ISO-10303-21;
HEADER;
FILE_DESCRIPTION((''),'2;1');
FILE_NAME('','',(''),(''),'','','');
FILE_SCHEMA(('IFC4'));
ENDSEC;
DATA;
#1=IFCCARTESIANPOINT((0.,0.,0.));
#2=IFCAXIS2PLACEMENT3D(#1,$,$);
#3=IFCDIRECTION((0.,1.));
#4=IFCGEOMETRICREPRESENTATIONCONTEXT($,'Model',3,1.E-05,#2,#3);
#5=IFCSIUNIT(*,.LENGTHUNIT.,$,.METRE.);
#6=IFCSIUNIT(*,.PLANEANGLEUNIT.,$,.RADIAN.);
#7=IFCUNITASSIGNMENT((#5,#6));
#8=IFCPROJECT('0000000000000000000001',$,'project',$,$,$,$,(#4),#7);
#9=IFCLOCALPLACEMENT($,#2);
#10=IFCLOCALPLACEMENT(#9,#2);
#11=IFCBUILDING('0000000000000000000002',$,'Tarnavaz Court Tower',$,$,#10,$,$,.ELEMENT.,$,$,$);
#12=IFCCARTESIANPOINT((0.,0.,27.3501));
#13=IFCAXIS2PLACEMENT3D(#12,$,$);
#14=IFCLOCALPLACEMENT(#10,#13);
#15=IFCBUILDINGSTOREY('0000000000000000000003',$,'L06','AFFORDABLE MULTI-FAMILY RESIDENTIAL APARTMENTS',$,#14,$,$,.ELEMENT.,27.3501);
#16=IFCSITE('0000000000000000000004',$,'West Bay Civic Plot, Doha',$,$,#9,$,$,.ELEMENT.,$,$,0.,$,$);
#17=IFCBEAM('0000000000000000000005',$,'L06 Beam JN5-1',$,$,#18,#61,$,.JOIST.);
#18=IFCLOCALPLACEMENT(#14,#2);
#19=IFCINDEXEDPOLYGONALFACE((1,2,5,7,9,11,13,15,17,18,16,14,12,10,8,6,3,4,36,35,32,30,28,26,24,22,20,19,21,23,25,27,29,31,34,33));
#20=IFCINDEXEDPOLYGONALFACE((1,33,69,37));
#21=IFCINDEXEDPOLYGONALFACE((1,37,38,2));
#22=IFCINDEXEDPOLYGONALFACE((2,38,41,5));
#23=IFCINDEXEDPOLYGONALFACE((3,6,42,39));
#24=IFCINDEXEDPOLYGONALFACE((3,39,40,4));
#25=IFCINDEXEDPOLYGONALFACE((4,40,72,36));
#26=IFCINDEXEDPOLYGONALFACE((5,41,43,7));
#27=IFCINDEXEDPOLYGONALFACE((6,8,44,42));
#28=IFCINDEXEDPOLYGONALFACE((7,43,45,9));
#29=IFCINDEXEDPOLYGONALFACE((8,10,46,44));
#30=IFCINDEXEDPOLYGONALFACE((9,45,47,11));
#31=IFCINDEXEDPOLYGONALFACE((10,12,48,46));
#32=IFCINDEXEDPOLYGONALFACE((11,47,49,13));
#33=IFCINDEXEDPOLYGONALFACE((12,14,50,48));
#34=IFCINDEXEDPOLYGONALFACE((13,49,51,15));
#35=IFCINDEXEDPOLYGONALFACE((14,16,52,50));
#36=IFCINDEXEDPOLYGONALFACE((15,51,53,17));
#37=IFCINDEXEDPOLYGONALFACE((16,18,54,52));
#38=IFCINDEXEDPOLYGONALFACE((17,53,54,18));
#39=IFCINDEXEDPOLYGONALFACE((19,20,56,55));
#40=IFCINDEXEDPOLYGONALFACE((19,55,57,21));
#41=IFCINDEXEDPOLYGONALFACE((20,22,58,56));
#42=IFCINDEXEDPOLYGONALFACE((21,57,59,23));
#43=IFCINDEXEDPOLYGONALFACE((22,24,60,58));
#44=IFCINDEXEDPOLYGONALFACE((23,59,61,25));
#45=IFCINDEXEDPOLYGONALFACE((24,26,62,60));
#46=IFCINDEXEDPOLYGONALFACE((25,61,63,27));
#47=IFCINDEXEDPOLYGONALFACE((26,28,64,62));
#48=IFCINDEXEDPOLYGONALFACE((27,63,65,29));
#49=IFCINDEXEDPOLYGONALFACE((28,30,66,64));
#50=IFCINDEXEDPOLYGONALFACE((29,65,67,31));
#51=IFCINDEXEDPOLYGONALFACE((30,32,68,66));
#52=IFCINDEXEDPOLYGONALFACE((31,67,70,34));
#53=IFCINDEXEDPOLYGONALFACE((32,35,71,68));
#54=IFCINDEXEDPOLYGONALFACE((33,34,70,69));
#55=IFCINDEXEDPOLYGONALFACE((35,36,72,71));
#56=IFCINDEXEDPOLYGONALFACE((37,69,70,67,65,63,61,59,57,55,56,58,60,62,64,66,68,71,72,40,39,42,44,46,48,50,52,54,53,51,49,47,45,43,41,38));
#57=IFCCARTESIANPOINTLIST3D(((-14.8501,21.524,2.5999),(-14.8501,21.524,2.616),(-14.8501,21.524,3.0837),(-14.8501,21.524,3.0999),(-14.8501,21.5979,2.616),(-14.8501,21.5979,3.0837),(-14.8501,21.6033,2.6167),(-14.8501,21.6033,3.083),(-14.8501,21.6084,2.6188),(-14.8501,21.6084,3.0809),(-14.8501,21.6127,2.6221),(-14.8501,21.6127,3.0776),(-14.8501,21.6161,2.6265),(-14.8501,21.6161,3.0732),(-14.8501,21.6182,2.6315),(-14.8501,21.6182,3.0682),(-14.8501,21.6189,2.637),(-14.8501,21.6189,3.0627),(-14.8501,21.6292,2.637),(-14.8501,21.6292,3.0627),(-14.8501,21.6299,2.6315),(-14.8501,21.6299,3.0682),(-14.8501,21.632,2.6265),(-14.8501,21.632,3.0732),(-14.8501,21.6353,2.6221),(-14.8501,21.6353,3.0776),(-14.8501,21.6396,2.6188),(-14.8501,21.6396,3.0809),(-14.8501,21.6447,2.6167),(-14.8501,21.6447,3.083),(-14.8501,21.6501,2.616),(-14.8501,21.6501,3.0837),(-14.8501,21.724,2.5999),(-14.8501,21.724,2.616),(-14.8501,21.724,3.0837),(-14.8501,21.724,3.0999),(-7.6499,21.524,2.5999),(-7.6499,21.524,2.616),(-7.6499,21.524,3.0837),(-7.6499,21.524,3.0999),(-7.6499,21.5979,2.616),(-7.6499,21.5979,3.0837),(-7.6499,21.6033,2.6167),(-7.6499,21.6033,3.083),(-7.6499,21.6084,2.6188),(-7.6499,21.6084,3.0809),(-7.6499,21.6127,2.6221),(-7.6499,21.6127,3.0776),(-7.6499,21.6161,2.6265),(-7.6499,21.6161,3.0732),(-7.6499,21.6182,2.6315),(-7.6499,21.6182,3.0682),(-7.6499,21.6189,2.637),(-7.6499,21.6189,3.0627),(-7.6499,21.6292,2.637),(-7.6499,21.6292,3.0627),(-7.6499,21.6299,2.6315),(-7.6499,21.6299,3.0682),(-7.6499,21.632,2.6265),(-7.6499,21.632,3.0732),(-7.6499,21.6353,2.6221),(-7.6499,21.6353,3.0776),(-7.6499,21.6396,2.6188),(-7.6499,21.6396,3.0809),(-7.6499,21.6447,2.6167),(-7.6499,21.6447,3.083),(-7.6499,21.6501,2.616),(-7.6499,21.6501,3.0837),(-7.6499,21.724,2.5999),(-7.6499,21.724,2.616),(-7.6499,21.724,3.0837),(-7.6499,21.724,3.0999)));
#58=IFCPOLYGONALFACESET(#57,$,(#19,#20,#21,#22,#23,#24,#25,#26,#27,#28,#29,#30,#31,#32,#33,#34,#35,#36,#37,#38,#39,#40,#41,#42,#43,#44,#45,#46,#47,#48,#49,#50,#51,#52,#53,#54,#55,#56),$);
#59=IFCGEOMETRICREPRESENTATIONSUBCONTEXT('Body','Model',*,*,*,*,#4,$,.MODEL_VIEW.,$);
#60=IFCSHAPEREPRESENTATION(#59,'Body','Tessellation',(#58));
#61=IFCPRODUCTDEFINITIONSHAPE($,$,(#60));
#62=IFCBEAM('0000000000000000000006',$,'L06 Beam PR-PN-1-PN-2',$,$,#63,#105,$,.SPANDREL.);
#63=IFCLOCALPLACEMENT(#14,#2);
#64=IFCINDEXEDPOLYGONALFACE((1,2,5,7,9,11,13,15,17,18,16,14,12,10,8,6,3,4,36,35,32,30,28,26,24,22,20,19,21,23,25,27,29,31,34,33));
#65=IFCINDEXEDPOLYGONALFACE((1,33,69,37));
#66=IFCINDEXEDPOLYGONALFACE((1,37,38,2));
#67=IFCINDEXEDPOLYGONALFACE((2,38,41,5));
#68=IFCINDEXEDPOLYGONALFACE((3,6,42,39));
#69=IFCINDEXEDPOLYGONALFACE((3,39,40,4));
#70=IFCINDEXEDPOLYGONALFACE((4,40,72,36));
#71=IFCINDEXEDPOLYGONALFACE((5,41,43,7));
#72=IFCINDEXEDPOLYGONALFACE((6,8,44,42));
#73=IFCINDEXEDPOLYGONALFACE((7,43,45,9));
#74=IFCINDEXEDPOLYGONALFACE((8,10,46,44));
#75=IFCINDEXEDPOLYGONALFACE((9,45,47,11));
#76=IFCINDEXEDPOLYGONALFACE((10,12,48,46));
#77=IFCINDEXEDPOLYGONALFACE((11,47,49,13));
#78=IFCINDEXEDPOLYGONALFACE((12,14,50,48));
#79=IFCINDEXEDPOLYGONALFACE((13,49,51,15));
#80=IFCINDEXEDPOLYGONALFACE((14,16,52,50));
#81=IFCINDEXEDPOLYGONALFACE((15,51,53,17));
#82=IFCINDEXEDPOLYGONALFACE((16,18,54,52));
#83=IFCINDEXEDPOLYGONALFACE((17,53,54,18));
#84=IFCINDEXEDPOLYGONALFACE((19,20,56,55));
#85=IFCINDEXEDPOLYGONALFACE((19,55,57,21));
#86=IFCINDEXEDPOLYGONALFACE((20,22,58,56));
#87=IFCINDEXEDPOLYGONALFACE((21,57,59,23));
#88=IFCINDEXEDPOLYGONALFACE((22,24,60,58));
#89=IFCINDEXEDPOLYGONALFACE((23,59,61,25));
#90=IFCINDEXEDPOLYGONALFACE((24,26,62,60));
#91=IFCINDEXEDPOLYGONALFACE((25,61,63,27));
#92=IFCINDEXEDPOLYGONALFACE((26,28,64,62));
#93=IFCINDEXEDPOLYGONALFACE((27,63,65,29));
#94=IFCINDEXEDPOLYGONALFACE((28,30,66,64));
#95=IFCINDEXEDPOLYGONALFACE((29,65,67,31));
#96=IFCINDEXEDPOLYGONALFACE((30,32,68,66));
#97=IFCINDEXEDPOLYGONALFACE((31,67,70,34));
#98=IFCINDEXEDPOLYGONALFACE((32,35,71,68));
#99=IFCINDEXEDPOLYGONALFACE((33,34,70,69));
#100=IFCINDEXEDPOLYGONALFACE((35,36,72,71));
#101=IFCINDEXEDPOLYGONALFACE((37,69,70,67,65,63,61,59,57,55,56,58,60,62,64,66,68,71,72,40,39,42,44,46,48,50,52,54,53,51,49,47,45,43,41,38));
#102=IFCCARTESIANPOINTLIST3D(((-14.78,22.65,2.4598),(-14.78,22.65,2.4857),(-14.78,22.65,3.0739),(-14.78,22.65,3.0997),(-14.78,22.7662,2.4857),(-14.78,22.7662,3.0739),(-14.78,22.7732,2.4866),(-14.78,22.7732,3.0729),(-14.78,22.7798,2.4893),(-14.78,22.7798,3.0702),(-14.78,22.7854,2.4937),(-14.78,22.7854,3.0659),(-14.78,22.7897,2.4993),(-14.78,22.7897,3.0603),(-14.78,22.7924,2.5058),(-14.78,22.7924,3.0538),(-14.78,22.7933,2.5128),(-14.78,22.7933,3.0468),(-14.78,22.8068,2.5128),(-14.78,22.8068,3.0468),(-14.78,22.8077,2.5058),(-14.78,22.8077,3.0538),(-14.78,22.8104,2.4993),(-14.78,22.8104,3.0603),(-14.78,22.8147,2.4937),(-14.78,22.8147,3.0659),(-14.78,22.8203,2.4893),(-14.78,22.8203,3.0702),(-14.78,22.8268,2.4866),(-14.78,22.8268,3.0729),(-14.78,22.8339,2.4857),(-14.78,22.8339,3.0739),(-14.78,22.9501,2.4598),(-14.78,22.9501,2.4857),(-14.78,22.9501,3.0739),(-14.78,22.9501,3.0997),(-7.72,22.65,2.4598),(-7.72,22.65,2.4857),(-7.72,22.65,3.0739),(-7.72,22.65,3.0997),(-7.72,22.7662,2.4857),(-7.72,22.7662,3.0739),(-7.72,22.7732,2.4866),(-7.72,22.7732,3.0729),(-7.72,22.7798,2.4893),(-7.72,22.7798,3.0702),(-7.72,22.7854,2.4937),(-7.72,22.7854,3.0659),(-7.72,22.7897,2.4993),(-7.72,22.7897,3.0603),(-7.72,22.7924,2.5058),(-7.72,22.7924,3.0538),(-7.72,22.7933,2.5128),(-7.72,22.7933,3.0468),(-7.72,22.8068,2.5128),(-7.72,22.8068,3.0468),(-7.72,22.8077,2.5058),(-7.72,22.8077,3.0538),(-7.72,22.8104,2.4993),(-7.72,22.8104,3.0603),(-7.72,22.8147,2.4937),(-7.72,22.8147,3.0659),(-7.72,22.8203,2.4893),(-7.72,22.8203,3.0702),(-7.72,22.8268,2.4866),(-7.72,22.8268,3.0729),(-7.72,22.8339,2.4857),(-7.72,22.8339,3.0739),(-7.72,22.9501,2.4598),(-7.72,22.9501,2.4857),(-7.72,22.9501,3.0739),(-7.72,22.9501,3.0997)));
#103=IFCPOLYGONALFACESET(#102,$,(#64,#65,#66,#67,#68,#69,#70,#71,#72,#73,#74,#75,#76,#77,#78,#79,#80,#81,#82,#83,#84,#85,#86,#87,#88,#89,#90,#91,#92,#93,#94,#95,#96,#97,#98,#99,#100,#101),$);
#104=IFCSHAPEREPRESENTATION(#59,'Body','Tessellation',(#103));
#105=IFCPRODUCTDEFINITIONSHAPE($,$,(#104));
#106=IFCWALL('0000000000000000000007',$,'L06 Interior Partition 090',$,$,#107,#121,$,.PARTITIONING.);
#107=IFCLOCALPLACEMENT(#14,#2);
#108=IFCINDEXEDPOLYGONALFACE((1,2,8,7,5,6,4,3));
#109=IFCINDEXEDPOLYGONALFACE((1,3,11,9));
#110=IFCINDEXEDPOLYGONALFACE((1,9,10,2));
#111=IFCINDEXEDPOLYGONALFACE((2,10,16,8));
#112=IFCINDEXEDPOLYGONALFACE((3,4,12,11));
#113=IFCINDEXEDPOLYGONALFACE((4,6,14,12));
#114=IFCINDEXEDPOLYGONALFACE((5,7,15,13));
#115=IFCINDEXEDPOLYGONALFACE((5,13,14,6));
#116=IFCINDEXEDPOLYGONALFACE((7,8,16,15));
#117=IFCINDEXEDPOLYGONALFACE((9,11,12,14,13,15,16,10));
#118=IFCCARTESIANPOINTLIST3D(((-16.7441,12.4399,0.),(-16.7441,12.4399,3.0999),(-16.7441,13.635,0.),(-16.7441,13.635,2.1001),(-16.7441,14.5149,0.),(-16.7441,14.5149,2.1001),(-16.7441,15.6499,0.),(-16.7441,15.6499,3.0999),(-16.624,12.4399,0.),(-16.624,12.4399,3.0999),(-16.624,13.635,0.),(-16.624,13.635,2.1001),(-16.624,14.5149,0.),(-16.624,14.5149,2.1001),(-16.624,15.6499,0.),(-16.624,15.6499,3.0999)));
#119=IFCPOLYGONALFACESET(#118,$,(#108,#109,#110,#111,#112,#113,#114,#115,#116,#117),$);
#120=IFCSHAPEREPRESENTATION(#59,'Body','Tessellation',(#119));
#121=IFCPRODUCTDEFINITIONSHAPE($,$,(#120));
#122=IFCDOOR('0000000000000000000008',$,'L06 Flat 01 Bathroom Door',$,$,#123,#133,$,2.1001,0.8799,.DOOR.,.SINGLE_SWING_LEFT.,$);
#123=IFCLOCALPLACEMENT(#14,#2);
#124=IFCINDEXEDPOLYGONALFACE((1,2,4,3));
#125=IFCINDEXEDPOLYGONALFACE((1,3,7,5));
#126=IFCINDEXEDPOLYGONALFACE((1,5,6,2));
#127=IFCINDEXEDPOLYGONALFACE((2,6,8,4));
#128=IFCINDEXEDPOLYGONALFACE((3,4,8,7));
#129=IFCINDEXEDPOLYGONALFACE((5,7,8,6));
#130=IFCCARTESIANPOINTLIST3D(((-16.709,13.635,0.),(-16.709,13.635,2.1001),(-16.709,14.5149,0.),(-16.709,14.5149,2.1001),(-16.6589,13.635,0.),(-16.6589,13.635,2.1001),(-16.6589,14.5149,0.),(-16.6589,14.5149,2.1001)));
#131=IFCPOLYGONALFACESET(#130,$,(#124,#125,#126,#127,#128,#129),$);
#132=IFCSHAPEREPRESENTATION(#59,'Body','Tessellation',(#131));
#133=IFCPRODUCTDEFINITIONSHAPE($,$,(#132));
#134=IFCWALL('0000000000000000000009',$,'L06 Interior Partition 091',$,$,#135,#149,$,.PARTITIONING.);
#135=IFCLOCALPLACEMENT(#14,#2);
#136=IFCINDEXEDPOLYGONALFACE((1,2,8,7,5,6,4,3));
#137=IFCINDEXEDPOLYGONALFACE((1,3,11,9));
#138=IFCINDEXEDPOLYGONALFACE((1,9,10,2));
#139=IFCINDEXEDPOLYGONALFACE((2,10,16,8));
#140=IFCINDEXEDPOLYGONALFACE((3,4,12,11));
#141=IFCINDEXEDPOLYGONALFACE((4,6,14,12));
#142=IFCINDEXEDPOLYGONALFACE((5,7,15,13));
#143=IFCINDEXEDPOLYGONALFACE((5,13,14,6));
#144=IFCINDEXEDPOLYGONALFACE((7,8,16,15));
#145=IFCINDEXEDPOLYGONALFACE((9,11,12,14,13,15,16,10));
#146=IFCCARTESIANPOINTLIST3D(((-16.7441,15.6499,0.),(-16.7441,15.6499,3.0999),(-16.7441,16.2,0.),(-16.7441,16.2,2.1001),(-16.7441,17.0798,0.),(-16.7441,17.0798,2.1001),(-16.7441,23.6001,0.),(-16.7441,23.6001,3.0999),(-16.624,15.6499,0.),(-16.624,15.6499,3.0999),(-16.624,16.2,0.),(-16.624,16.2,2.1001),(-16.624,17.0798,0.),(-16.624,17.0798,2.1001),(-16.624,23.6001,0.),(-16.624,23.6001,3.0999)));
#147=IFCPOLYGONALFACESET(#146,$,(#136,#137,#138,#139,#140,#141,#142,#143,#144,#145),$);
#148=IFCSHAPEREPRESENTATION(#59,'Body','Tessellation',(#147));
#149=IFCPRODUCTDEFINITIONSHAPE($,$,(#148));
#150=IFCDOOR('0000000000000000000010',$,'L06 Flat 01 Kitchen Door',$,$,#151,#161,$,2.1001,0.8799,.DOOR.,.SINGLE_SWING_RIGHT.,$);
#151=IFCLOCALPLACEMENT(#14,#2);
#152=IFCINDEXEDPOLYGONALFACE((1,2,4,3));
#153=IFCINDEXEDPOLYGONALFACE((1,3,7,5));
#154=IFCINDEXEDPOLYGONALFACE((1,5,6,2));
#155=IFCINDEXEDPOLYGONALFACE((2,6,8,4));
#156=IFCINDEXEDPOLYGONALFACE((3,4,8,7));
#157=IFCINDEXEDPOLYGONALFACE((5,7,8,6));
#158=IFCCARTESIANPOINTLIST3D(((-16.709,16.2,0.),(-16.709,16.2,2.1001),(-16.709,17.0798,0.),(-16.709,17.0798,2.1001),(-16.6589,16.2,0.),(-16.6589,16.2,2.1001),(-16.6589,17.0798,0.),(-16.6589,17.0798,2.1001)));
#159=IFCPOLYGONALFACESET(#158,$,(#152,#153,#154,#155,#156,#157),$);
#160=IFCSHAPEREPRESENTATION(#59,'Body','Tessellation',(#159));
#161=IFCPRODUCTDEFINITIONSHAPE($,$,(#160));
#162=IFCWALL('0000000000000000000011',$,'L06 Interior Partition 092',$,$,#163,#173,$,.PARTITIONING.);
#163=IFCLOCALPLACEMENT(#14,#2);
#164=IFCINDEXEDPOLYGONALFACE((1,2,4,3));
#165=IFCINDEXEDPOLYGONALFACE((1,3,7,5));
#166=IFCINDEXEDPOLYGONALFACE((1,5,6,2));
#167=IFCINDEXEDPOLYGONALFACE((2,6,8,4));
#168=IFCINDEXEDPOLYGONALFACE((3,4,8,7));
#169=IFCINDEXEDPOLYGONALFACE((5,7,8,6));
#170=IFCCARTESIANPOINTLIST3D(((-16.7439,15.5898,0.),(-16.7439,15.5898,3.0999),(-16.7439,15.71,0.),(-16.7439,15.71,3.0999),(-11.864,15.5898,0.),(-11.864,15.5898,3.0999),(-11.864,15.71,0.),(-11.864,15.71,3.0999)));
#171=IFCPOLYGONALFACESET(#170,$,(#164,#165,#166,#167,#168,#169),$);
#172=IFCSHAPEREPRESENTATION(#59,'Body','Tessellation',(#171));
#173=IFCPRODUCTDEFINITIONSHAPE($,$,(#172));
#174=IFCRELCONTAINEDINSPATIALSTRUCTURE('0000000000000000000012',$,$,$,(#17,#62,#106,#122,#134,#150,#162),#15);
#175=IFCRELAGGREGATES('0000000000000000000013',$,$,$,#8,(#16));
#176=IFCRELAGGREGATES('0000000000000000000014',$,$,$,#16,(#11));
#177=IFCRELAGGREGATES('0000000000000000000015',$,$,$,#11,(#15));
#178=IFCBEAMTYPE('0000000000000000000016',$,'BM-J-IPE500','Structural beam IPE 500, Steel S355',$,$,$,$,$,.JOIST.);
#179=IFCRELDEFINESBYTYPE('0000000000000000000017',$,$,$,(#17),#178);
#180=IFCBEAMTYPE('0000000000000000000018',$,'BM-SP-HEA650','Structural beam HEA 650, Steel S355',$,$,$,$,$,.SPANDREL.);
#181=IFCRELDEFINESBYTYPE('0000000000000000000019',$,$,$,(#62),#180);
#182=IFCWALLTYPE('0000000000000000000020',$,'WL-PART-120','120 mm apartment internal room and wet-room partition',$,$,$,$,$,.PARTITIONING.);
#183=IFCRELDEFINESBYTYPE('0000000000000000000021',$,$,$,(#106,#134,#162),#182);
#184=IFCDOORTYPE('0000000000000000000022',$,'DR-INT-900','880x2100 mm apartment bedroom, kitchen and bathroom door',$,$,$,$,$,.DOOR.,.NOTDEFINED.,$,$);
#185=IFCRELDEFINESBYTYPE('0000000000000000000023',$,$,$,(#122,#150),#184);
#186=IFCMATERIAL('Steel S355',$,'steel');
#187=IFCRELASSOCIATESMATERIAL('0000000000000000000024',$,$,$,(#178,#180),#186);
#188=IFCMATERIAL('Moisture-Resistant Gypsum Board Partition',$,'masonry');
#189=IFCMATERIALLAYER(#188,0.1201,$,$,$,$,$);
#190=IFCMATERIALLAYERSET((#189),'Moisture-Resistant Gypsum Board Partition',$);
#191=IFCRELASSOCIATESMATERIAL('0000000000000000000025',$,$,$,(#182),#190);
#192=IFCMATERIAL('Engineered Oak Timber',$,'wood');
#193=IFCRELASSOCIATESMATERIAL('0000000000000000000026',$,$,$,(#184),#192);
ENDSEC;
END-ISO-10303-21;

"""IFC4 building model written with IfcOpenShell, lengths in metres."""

from ifc_helpers import new_model, si_unit, direction, frame, frame_2d, origin, origin_2d, place, context, subcontext, project, spatial, rectangle, i_section, extrude, material, layer, layer_set, material_profile, profile_set, type_object, element, fill, save


model = new_model("IFC4")

# Units and contexts
model_context = context("Model", 3, precision=1e-05, world=origin(), true_north=direction((0.0, 1.0)))
body_context = subcontext(model_context, "Body", "Model", "MODEL_VIEW")
ifc_project = project(units=[si_unit("LENGTHUNIT", "METRE"), si_unit("PLANEANGLEUNIT", "RADIAN")], contexts=[model_context])

# Site, building, storey
site_placement = place(None, origin())
site = spatial("IfcSite", under=ifc_project, at=site_placement, Name="West Bay Civic Plot, Doha", CompositionType="ELEMENT", RefElevation=0.0)
building_placement = place(site_placement, origin())
building = spatial("IfcBuilding", under=site, at=building_placement, Name="Tarnavaz Court Tower", CompositionType="ELEMENT")
storey_placement = place(building_placement, frame((0.0, 0.0, 27.3501)))
storey = spatial("IfcBuildingStorey", under=building, at=storey_placement, Name="L06", Description="AFFORDABLE MULTI-FAMILY RESIDENTIAL APARTMENTS", CompositionType="ELEMENT", Elevation=27.3501)

# Beams
ifc_material_1 = material(Name="Steel S355", Category="steel")
ifc_material_profile_1 = material_profile(ifc_material_1, i_section(OverallWidth=0.2, OverallDepth=0.5, WebThickness=0.0103, FlangeThickness=0.0161, FilletRadius=0.021, at=origin_2d()), Name="IPE 500")
ifc_profile_set_1 = profile_set([ifc_material_profile_1], Name="Steel S355")
beam_type_1 = type_object("IfcBeamType", Name="BM-J-IPE500", Description="Structural beam IPE 500, Steel S355", PredefinedType="JOIST", material=ifc_profile_set_1)
for number, where, z_axis, x_axis, name in (
    (1, (-14.8501, 21.624, 2.8499), (1.0, 0.0, 0.0), (0.0, 1.0, 0.0), "L06 Beam JN5-1"),
):
    element("IfcBeam", number, at=place(storey_placement, frame(where, z_axis=z_axis, x_axis=x_axis)), inside=storey, type_object=beam_type_1, Name=name, PredefinedType="JOIST", context=body_context, shape_type="SweptSolid", body=[
        extrude(i_section(OverallWidth=0.2, OverallDepth=0.5, WebThickness=0.0103, FlangeThickness=0.0161, FilletRadius=0.021, at=origin_2d()), origin(), (0.0, 0.0, 1.0), 7.2002),
    ])
ifc_material_profile_2 = material_profile(ifc_material_1, i_section(OverallWidth=0.3, OverallDepth=0.6399, WebThickness=0.0134, FlangeThickness=0.0259, FilletRadius=0.0271, at=origin_2d()), Name="HEA 650")
ifc_profile_set_2 = profile_set([ifc_material_profile_2], Name="Steel S355")
beam_type_2 = type_object("IfcBeamType", Name="BM-SP-HEA650", Description="Structural beam HEA 650, Steel S355", PredefinedType="SPANDREL", material=ifc_profile_set_2)
beam_placement = place(storey_placement, frame((-14.78, 22.8, 2.7798), z_axis=(1.0, 0.0, 0.0), x_axis=(0.0, 1.0, 0.0)))
element("IfcBeam", 2, at=beam_placement, inside=storey, type_object=beam_type_2, Name="L06 Beam PR-PN-1-PN-2", PredefinedType="SPANDREL", context=body_context, shape_type="SweptSolid", body=[
    extrude(i_section(OverallWidth=0.3, OverallDepth=0.6399, WebThickness=0.0134, FlangeThickness=0.0259, FilletRadius=0.0271, at=origin_2d()), origin(), (0.0, 0.0, 1.0), 7.0601),
])

# Walls, openings, doors
ifc_material_2 = material(Name="Moisture-Resistant Gypsum Board Partition", Category="masonry")
ifc_layer = layer(ifc_material_2, 0.1201)
ifc_layer_set = layer_set([ifc_layer], Name="Moisture-Resistant Gypsum Board Partition")
wall_type = type_object("IfcWallType", Name="WL-PART-120", Description="120 mm apartment internal room and wet-room partition", PredefinedType="PARTITIONING", material=ifc_layer_set)
wall_1_placement = place(storey_placement, frame((-16.6841, 12.4399, 0.0), z_axis=(0.0, 0.0, 1.0), x_axis=(0.0, 1.0, 0.0)))
wall_1 = element("IfcWall", 3, at=wall_1_placement, inside=storey, type_object=wall_type, Name="L06 Interior Partition 090", PredefinedType="PARTITIONING", context=body_context, shape_type="SweptSolid", body=[
    extrude(rectangle(XDim=3.21, YDim=0.1201, at=frame_2d((1.605, 0.0))), origin(), (0.0, 0.0, 1.0), 3.0999),
])
opening_1_placement = place(wall_1_placement, frame((1.1951, 0.0, 0.0)))
opening_1 = element("IfcOpeningElement", 4, at=opening_1_placement, cuts=wall_1, PredefinedType="OPENING", context=body_context, shape_type="SweptSolid", body=[
    extrude(rectangle(XDim=0.8799, YDim=2.1001, at=frame_2d((0.4399, 1.05))), frame((0.0, 0.0701, 0.0), z_axis=(0.0, -1.0, 0.0), x_axis=(1.0, 0.0, 0.0)), (0.0, 0.0, 1.0), 0.1401),
])
ifc_material_3 = material(Name="Engineered Oak Timber", Category="wood")
door_type = type_object("IfcDoorType", Name="DR-INT-900", Description="880x2100 mm apartment bedroom, kitchen and bathroom door", OperationType="NOTDEFINED", PredefinedType="DOOR", material=ifc_material_3)
door_1_placement = place(opening_1_placement, origin())
door_1 = element("IfcDoor", 5, at=door_1_placement, inside=storey, type_object=door_type, Name="L06 Flat 01 Bathroom Door", OperationType="SINGLE_SWING_LEFT", OverallHeight=2.1001, OverallWidth=0.8799, PredefinedType="DOOR", context=body_context, shape_type="SweptSolid", body=[
    extrude(rectangle(XDim=0.8799, YDim=2.1001, at=frame_2d((0.4399, 1.05))), frame((0.0, 0.0249, 0.0), z_axis=(0.0, -1.0, 0.0), x_axis=(1.0, 0.0, 0.0)), (0.0, 0.0, 1.0), 0.05),
])
fill(opening_1, door_1)
wall_2_placement = place(storey_placement, frame((-16.6841, 15.6499, 0.0), z_axis=(0.0, 0.0, 1.0), x_axis=(0.0, 1.0, 0.0)))
wall_2 = element("IfcWall", 6, at=wall_2_placement, inside=storey, type_object=wall_type, Name="L06 Interior Partition 091", PredefinedType="PARTITIONING", context=body_context, shape_type="SweptSolid", body=[
    extrude(rectangle(XDim=7.9502, YDim=0.1201, at=frame_2d((3.9751, 0.0))), origin(), (0.0, 0.0, 1.0), 3.0999),
])
opening_2_placement = place(wall_2_placement, frame((0.55, 0.0, 0.0)))
opening_2 = element("IfcOpeningElement", 7, at=opening_2_placement, cuts=wall_2, PredefinedType="OPENING", context=body_context, shape_type="SweptSolid", body=[
    extrude(rectangle(XDim=0.8799, YDim=2.1001, at=frame_2d((0.4399, 1.05))), frame((0.0, 0.0701, 0.0), z_axis=(0.0, -1.0, 0.0), x_axis=(1.0, 0.0, 0.0)), (0.0, 0.0, 1.0), 0.1401),
])
door_2_placement = place(opening_2_placement, origin())
door_2 = element("IfcDoor", 8, at=door_2_placement, inside=storey, type_object=door_type, Name="L06 Flat 01 Kitchen Door", OperationType="SINGLE_SWING_RIGHT", OverallHeight=2.1001, OverallWidth=0.8799, PredefinedType="DOOR", context=body_context, shape_type="SweptSolid", body=[
    extrude(rectangle(XDim=0.8799, YDim=2.1001, at=frame_2d((0.4399, 1.05))), frame((0.0, 0.0249, 0.0), z_axis=(0.0, -1.0, 0.0), x_axis=(1.0, 0.0, 0.0)), (0.0, 0.0, 1.0), 0.05),
])
fill(opening_2, door_2)

# Wall
wall_3_placement = place(storey_placement, frame((-16.7439, 15.6499, 0.0), z_axis=(0.0, 0.0, 1.0), x_axis=(1.0, 0.0, 0.0)))
element("IfcWall", 9, at=wall_3_placement, inside=storey, type_object=wall_type, Name="L06 Interior Partition 092", PredefinedType="PARTITIONING", context=body_context, shape_type="SweptSolid", body=[
    extrude(rectangle(XDim=4.8799, YDim=0.1201, at=frame_2d((2.4399, 0.0))), origin(), (0.0, 0.0, 1.0), 3.0999),
])

save(model, "model.ifc")
